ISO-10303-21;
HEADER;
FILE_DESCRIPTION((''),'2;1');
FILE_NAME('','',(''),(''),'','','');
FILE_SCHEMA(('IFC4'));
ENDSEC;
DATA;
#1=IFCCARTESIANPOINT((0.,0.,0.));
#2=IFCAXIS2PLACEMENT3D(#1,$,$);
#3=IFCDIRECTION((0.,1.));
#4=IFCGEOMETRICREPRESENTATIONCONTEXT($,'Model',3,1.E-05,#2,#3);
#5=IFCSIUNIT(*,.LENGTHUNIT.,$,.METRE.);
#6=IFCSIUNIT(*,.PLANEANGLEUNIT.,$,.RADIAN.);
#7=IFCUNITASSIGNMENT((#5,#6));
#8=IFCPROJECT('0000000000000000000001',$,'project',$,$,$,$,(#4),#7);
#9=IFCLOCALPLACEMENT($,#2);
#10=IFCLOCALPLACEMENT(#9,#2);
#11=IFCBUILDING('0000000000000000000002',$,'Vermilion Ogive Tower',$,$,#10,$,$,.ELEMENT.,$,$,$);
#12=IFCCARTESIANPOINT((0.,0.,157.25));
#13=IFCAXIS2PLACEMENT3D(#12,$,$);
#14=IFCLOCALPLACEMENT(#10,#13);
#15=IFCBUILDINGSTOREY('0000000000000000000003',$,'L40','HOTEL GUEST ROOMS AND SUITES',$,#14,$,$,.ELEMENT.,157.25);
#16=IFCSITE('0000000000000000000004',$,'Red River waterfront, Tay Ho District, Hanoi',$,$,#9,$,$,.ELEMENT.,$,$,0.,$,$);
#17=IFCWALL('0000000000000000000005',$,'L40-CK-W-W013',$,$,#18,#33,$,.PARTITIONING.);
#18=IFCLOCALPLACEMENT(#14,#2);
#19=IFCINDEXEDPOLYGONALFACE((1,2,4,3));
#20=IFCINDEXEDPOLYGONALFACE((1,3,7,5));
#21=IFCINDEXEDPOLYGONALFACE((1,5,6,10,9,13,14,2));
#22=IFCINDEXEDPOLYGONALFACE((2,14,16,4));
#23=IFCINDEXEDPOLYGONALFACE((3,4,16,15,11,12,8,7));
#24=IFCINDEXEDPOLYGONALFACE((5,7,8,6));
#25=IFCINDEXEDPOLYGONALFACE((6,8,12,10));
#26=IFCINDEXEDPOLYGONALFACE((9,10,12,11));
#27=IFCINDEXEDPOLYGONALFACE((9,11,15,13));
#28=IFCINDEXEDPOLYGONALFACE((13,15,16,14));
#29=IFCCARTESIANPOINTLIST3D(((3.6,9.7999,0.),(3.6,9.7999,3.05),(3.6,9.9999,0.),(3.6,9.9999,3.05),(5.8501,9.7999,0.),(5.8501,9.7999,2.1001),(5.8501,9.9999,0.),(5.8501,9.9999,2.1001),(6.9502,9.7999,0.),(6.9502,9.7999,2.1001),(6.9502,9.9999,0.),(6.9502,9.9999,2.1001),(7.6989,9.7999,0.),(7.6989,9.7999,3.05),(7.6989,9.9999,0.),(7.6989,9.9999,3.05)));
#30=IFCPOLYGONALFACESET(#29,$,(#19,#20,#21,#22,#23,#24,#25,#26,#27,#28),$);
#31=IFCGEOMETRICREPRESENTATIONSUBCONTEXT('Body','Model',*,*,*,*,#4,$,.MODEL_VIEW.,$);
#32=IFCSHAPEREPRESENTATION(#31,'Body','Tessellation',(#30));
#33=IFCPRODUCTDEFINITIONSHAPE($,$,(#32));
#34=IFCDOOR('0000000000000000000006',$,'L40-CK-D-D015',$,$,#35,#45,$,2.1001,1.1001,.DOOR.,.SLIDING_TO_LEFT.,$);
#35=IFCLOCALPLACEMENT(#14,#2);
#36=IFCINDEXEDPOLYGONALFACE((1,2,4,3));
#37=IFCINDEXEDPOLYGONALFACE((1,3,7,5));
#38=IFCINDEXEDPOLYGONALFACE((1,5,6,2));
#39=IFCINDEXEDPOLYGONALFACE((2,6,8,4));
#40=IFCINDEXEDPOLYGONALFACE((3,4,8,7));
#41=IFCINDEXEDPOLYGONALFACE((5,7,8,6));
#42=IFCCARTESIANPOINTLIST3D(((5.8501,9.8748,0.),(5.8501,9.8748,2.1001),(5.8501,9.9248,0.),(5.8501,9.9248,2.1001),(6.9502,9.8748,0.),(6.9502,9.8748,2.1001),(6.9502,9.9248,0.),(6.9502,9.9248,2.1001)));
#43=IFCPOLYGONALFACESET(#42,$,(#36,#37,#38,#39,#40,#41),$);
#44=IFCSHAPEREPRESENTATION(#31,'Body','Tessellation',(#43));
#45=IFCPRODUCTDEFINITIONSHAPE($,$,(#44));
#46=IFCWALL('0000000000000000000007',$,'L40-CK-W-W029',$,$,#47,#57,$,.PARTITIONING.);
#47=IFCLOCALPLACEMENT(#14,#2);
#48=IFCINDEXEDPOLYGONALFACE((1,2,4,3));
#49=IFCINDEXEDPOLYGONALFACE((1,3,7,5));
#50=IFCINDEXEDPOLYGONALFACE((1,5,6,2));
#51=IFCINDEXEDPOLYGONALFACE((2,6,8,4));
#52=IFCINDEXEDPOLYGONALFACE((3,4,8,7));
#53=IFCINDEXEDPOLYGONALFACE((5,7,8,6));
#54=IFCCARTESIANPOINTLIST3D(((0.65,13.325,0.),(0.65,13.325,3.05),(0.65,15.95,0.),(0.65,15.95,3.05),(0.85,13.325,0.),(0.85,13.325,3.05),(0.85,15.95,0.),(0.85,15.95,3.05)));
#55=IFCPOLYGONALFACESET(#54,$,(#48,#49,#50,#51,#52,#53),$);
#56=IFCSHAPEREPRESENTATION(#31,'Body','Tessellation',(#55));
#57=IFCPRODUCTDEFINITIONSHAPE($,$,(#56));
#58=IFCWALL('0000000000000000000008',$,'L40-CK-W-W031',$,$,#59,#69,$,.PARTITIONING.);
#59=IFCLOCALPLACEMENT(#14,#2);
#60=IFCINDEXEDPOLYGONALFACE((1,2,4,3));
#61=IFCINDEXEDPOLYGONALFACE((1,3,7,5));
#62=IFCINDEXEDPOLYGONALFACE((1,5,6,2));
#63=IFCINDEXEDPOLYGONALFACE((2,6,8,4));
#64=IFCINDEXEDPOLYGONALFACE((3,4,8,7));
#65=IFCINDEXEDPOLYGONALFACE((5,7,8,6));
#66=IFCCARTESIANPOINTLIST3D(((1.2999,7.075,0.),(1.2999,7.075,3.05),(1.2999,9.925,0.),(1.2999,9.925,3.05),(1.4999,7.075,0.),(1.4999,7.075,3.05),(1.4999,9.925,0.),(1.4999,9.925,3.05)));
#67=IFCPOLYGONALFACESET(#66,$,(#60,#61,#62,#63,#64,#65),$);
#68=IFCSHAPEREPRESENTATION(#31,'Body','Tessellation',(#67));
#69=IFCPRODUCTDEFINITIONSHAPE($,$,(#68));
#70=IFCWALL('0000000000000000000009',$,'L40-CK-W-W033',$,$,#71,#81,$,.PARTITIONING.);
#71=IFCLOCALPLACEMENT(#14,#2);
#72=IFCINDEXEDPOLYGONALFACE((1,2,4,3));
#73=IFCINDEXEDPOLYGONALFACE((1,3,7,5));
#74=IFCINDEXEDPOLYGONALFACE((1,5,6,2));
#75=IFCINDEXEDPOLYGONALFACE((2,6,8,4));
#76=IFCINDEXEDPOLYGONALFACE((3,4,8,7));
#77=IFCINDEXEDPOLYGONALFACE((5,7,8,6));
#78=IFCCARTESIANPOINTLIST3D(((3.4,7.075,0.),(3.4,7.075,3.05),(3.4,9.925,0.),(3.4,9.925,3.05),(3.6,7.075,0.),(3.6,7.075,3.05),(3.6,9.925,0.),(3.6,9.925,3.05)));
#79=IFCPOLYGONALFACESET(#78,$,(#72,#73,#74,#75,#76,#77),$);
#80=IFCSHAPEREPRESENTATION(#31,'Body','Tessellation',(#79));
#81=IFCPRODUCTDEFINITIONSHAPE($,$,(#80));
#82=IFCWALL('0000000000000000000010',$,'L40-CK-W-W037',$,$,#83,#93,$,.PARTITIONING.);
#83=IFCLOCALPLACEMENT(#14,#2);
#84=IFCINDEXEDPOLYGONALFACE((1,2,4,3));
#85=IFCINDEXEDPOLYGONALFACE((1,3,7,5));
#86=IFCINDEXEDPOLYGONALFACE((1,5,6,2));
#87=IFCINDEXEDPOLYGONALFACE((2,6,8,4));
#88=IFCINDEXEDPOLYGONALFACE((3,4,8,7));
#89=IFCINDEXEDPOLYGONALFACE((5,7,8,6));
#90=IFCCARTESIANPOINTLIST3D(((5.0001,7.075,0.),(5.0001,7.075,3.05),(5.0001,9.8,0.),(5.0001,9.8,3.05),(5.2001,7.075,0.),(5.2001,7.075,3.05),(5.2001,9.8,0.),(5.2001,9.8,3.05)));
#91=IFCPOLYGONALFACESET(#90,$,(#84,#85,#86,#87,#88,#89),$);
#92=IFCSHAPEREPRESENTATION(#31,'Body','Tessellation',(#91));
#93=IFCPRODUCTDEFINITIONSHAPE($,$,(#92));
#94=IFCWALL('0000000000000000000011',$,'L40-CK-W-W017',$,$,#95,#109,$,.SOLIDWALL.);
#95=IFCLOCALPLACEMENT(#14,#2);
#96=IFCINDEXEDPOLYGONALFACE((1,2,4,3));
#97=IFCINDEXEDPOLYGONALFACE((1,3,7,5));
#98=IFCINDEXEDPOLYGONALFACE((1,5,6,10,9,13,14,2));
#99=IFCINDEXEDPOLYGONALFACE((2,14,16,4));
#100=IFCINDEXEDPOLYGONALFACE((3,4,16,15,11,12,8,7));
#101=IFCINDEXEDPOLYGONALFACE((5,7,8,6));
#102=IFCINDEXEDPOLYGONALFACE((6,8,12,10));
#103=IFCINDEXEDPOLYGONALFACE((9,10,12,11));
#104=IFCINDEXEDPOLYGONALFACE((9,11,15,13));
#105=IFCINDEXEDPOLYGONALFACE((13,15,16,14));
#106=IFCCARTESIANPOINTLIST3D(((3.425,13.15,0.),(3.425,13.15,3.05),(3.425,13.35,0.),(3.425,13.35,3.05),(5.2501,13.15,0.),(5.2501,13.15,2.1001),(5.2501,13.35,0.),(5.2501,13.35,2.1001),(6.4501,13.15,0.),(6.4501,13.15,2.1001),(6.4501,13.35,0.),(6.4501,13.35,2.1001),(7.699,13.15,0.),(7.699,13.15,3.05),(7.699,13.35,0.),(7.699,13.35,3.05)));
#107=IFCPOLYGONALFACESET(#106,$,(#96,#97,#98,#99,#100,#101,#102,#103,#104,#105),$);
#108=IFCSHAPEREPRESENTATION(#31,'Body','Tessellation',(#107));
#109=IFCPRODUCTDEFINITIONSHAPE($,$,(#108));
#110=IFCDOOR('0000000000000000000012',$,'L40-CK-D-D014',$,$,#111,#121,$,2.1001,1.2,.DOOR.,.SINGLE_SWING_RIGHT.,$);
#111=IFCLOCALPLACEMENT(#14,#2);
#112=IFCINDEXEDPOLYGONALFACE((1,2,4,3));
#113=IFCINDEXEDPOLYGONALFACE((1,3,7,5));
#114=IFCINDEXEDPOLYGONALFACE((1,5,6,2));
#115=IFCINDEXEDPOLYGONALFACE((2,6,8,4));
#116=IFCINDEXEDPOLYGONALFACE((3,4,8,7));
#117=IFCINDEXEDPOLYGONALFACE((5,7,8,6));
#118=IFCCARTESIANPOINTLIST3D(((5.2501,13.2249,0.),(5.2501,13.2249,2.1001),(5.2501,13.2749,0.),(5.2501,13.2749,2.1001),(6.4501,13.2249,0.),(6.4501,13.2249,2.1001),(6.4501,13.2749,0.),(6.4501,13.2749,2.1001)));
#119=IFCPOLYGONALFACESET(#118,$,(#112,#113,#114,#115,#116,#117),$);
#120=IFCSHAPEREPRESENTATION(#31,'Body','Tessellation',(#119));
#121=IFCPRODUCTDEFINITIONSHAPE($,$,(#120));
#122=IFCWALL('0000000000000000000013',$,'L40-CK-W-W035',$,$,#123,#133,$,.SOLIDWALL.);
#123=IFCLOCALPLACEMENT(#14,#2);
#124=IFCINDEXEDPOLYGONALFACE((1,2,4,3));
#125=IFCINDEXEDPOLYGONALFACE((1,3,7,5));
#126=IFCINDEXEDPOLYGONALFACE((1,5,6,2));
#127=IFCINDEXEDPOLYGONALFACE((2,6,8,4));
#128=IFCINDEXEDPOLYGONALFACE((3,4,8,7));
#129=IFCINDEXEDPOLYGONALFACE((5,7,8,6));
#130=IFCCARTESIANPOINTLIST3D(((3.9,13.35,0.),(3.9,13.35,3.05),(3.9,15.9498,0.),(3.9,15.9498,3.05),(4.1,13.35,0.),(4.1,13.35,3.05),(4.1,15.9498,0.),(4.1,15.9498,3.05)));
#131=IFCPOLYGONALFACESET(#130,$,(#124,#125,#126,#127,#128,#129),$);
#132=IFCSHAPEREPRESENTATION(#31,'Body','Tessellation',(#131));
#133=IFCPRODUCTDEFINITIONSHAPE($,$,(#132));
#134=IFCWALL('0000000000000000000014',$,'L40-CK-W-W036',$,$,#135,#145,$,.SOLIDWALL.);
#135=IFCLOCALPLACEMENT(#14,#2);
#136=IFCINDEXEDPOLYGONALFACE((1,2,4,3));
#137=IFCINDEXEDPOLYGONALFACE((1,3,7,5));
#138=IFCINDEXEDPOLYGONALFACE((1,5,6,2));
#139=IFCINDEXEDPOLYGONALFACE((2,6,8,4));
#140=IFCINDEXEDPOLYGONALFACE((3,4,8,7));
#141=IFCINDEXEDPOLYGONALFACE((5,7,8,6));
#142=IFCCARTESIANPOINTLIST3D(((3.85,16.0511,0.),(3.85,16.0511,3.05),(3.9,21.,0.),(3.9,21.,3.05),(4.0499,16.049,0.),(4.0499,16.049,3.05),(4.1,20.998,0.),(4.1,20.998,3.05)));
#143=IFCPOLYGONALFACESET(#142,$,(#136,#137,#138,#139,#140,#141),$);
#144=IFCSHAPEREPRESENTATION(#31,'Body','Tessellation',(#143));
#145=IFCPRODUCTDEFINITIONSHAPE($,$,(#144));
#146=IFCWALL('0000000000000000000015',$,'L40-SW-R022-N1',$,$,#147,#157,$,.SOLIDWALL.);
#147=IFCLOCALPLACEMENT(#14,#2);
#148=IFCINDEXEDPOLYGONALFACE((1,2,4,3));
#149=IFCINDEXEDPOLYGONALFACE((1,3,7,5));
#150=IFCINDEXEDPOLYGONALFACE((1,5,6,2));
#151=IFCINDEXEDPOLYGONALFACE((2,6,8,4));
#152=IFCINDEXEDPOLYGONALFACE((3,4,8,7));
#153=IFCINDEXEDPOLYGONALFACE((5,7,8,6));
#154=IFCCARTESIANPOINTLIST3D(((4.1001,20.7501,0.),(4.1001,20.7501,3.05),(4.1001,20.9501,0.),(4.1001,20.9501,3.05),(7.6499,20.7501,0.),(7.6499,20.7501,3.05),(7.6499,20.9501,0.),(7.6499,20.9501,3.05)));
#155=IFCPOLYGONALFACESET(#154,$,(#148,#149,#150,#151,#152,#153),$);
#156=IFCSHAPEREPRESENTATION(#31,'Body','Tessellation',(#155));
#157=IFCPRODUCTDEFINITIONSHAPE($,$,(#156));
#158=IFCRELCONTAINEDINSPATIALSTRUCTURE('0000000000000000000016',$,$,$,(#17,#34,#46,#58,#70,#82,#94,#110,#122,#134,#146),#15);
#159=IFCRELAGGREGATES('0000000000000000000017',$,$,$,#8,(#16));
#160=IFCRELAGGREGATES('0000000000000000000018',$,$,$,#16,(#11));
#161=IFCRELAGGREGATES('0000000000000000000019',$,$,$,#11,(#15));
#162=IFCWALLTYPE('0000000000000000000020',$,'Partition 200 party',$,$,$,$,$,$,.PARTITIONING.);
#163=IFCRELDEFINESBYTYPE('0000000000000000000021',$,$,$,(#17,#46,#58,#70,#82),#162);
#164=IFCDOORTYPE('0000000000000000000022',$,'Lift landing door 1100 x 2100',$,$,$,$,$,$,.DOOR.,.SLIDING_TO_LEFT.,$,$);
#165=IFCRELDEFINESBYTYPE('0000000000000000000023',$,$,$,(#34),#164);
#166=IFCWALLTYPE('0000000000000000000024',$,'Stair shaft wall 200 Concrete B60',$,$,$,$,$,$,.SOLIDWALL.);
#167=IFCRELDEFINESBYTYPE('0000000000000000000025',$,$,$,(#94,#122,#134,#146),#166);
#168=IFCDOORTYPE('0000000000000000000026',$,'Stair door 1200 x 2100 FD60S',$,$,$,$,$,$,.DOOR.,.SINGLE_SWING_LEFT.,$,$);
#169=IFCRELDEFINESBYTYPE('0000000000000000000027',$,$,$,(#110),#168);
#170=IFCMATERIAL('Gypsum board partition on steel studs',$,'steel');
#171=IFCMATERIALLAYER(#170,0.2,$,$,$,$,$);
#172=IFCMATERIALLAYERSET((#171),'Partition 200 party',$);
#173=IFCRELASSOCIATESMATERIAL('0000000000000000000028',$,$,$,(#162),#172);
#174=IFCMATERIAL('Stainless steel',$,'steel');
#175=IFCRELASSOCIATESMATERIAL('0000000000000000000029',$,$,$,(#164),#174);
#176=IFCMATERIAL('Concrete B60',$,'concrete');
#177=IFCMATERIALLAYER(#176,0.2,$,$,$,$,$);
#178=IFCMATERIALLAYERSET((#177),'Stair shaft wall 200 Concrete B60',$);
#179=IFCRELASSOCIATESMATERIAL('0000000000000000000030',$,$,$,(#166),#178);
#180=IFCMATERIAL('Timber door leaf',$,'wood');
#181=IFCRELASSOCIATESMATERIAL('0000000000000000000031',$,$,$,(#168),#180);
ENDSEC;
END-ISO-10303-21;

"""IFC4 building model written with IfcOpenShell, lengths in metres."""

from ifc_helpers import new_model, si_unit, direction, frame, frame_2d, origin, place, context, subcontext, project, spatial, rectangle, extrude, material, layer, layer_set, type_object, element, fill, save


model = new_model("IFC4")

# Units and contexts
model_context = context("Model", 3, precision=1e-05, world=origin(), true_north=direction((0.0, 1.0)))
body_context = subcontext(model_context, "Body", "Model", "MODEL_VIEW")
ifc_project = project(units=[si_unit("LENGTHUNIT", "METRE"), si_unit("PLANEANGLEUNIT", "RADIAN")], contexts=[model_context])

# Site, building, storey
site_placement = place(None, origin())
site = spatial("IfcSite", under=ifc_project, at=site_placement, Name="Red River waterfront, Tay Ho District, Hanoi", CompositionType="ELEMENT", RefElevation=0.0)
building_placement = place(site_placement, origin())
building = spatial("IfcBuilding", under=site, at=building_placement, Name="Vermilion Ogive Tower", CompositionType="ELEMENT")
storey_placement = place(building_placement, frame((0.0, 0.0, 157.25)))
storey = spatial("IfcBuildingStorey", under=building, at=storey_placement, Name="L40", Description="HOTEL GUEST ROOMS AND SUITES", CompositionType="ELEMENT", Elevation=157.25)

# Wall, opening, door
ifc_material_1 = material(Name="Gypsum board partition on steel studs", Category="steel")
ifc_layer_1 = layer(ifc_material_1, 0.2)
ifc_layer_set_1 = layer_set([ifc_layer_1], Name="Partition 200 party")
wall_type_1 = type_object("IfcWallType", Name="Partition 200 party", PredefinedType="PARTITIONING", material=ifc_layer_set_1)
wall_1_placement = place(storey_placement, frame((3.6001, 9.8999, 0.0), z_axis=(0.0, 0.0, 1.0), x_axis=(1.0, 0.0, 0.0)))
wall_1 = element("IfcWall", 1, at=wall_1_placement, inside=storey, type_object=wall_type_1, Name="L40-CK-W-W013", PredefinedType="PARTITIONING", context=body_context, shape_type="SweptSolid", body=[
    extrude(rectangle(XDim=4.0989, YDim=0.2, at=frame_2d((2.0493, 0.0))), origin(), (0.0, 0.0, 1.0), 3.05),
])
opening_1_placement = place(wall_1_placement, frame((2.25, 0.0, 0.0)))
opening_1 = element("IfcOpeningElement", 2, at=opening_1_placement, cuts=wall_1, PredefinedType="OPENING", context=body_context, shape_type="SweptSolid", body=[
    extrude(rectangle(XDim=1.1001, YDim=2.1001, at=frame_2d((0.55, 1.05))), frame((0.0, 0.1099, 0.0), z_axis=(0.0, -1.0, 0.0), x_axis=(1.0, 0.0, 0.0)), (0.0, 0.0, 1.0), 0.22),
])
ifc_material_2 = material(Name="Stainless steel", Category="steel")
door_type_1 = type_object("IfcDoorType", Name="Lift landing door 1100 x 2100", OperationType="SLIDING_TO_LEFT", PredefinedType="DOOR", material=ifc_material_2)
door_1_placement = place(opening_1_placement, origin())
door_1 = element("IfcDoor", 3, at=door_1_placement, inside=storey, type_object=door_type_1, Name="L40-CK-D-D015", OperationType="SLIDING_TO_LEFT", OverallHeight=2.1001, OverallWidth=1.1001, PredefinedType="DOOR", context=body_context, shape_type="SweptSolid", body=[
    extrude(rectangle(XDim=1.1001, YDim=2.1001, at=frame_2d((0.55, 1.05))), frame((0.0, 0.0249, 0.0), z_axis=(0.0, -1.0, 0.0), x_axis=(1.0, 0.0, 0.0)), (0.0, 0.0, 1.0), 0.05),
])
fill(opening_1, door_1)

# Walls
wall_2_placement = place(storey_placement, frame((0.75, 13.325, 0.0), z_axis=(0.0, 0.0, 1.0), x_axis=(0.0, 1.0, 0.0)))
element("IfcWall", 4, at=wall_2_placement, inside=storey, type_object=wall_type_1, Name="L40-CK-W-W029", PredefinedType="PARTITIONING", context=body_context, shape_type="SweptSolid", body=[
    extrude(rectangle(XDim=2.625, YDim=0.2, at=frame_2d((1.3125, 0.0))), origin(), (0.0, 0.0, 1.0), 3.05),
])
for number, where, z_axis, x_axis, name in (
    (5, (1.3999, 7.075, 0.0), (0.0, 0.0, 1.0), (0.0, 1.0, 0.0), "L40-CK-W-W031"),
    (6, (3.5, 7.075, 0.0), (0.0, 0.0, 1.0), (0.0, 1.0, 0.0), "L40-CK-W-W033"),
):
    element("IfcWall", number, at=place(storey_placement, frame(where, z_axis=z_axis, x_axis=x_axis)), inside=storey, type_object=wall_type_1, Name=name, PredefinedType="PARTITIONING", context=body_context, shape_type="SweptSolid", body=[
        extrude(rectangle(XDim=2.8501, YDim=0.2, at=frame_2d((1.425, 0.0))), origin(), (0.0, 0.0, 1.0), 3.05),
    ])
wall_3_placement = place(storey_placement, frame((5.1001, 7.075, 0.0), z_axis=(0.0, 0.0, 1.0), x_axis=(0.0, 1.0, 0.0)))
element("IfcWall", 7, at=wall_3_placement, inside=storey, type_object=wall_type_1, Name="L40-CK-W-W037", PredefinedType="PARTITIONING", context=body_context, shape_type="SweptSolid", body=[
    extrude(rectangle(XDim=2.7251, YDim=0.2, at=frame_2d((1.3625, 0.0))), origin(), (0.0, 0.0, 1.0), 3.05),
])

# Wall, opening, door
ifc_material_3 = material(Name="Concrete B60", Category="concrete")
ifc_layer_2 = layer(ifc_material_3, 0.2)
ifc_layer_set_2 = layer_set([ifc_layer_2], Name="Stair shaft wall 200 Concrete B60")
wall_type_2 = type_object("IfcWallType", Name="Stair shaft wall 200 Concrete B60", PredefinedType="SOLIDWALL", material=ifc_layer_set_2)
wall_4_placement = place(storey_placement, frame((3.425, 13.25, 0.0), z_axis=(0.0, 0.0, 1.0), x_axis=(1.0, 0.0, 0.0)))
wall_4 = element("IfcWall", 8, at=wall_4_placement, inside=storey, type_object=wall_type_2, Name="L40-CK-W-W017", PredefinedType="SOLIDWALL", context=body_context, shape_type="SweptSolid", body=[
    extrude(rectangle(XDim=4.2739, YDim=0.2, at=frame_2d((2.137, 0.0))), origin(), (0.0, 0.0, 1.0), 3.05),
])
opening_2_placement = place(wall_4_placement, frame((1.825, 0.0, 0.0)))
opening_2 = element("IfcOpeningElement", 9, at=opening_2_placement, cuts=wall_4, PredefinedType="OPENING", context=body_context, shape_type="SweptSolid", body=[
    extrude(rectangle(XDim=1.2, YDim=2.1001, at=frame_2d((0.6001, 1.05))), frame((0.0, 0.1099, 0.0), z_axis=(0.0, -1.0, 0.0), x_axis=(1.0, 0.0, 0.0)), (0.0, 0.0, 1.0), 0.22),
])
ifc_material_4 = material(Name="Timber door leaf", Category="wood")
door_type_2 = type_object("IfcDoorType", Name="Stair door 1200 x 2100 FD60S", OperationType="SINGLE_SWING_LEFT", PredefinedType="DOOR", material=ifc_material_4)
door_2_placement = place(opening_2_placement, origin())
door_2 = element("IfcDoor", 10, at=door_2_placement, inside=storey, type_object=door_type_2, Name="L40-CK-D-D014", OperationType="SINGLE_SWING_RIGHT", OverallHeight=2.1001, OverallWidth=1.2, PredefinedType="DOOR", context=body_context, shape_type="SweptSolid", body=[
    extrude(rectangle(XDim=1.2, YDim=2.1001, at=frame_2d((0.6001, 1.05))), frame((0.0, 0.0249, 0.0), z_axis=(0.0, -1.0, 0.0), x_axis=(1.0, 0.0, 0.0)), (0.0, 0.0, 1.0), 0.05),
])
fill(opening_2, door_2)

# Walls
wall_5_placement = place(storey_placement, frame((4.0, 13.3501, 0.0), z_axis=(0.0, 0.0, 1.0), x_axis=(0.0, 1.0, 0.0)))
element("IfcWall", 11, at=wall_5_placement, inside=storey, type_object=wall_type_2, Name="L40-CK-W-W035", PredefinedType="SOLIDWALL", context=body_context, shape_type="SweptSolid", body=[
    extrude(rectangle(XDim=2.5999, YDim=0.2, at=frame_2d((1.2998, 0.0))), origin(), (0.0, 0.0, 1.0), 3.05),
])
wall_6_placement = place(storey_placement, frame((3.95, 16.05, 0.0), z_axis=(0.0, 0.0, 1.0), x_axis=(0.010112, 0.999949, 0.0)))
element("IfcWall", 12, at=wall_6_placement, inside=storey, type_object=wall_type_2, Name="L40-CK-W-W036", PredefinedType="SOLIDWALL", context=body_context, shape_type="SweptSolid", body=[
    extrude(rectangle(XDim=4.9492, YDim=0.2, at=frame_2d((2.4746, 0.0))), origin(), (0.0, 0.0, 1.0), 3.05),
])
wall_7_placement = place(storey_placement, frame((4.1001, 20.8501, 0.0), z_axis=(0.0, 0.0, 1.0), x_axis=(1.0, 0.0, 0.0)))
element("IfcWall", 13, at=wall_7_placement, inside=storey, type_object=wall_type_2, Name="L40-SW-R022-N1", PredefinedType="SOLIDWALL", context=body_context, shape_type="SweptSolid", body=[
    extrude(rectangle(XDim=3.5498, YDim=0.2, at=frame_2d((1.7749, 0.0))), origin(), (0.0, 0.0, 1.0), 3.05),
])

save(model, "model.ifc")
